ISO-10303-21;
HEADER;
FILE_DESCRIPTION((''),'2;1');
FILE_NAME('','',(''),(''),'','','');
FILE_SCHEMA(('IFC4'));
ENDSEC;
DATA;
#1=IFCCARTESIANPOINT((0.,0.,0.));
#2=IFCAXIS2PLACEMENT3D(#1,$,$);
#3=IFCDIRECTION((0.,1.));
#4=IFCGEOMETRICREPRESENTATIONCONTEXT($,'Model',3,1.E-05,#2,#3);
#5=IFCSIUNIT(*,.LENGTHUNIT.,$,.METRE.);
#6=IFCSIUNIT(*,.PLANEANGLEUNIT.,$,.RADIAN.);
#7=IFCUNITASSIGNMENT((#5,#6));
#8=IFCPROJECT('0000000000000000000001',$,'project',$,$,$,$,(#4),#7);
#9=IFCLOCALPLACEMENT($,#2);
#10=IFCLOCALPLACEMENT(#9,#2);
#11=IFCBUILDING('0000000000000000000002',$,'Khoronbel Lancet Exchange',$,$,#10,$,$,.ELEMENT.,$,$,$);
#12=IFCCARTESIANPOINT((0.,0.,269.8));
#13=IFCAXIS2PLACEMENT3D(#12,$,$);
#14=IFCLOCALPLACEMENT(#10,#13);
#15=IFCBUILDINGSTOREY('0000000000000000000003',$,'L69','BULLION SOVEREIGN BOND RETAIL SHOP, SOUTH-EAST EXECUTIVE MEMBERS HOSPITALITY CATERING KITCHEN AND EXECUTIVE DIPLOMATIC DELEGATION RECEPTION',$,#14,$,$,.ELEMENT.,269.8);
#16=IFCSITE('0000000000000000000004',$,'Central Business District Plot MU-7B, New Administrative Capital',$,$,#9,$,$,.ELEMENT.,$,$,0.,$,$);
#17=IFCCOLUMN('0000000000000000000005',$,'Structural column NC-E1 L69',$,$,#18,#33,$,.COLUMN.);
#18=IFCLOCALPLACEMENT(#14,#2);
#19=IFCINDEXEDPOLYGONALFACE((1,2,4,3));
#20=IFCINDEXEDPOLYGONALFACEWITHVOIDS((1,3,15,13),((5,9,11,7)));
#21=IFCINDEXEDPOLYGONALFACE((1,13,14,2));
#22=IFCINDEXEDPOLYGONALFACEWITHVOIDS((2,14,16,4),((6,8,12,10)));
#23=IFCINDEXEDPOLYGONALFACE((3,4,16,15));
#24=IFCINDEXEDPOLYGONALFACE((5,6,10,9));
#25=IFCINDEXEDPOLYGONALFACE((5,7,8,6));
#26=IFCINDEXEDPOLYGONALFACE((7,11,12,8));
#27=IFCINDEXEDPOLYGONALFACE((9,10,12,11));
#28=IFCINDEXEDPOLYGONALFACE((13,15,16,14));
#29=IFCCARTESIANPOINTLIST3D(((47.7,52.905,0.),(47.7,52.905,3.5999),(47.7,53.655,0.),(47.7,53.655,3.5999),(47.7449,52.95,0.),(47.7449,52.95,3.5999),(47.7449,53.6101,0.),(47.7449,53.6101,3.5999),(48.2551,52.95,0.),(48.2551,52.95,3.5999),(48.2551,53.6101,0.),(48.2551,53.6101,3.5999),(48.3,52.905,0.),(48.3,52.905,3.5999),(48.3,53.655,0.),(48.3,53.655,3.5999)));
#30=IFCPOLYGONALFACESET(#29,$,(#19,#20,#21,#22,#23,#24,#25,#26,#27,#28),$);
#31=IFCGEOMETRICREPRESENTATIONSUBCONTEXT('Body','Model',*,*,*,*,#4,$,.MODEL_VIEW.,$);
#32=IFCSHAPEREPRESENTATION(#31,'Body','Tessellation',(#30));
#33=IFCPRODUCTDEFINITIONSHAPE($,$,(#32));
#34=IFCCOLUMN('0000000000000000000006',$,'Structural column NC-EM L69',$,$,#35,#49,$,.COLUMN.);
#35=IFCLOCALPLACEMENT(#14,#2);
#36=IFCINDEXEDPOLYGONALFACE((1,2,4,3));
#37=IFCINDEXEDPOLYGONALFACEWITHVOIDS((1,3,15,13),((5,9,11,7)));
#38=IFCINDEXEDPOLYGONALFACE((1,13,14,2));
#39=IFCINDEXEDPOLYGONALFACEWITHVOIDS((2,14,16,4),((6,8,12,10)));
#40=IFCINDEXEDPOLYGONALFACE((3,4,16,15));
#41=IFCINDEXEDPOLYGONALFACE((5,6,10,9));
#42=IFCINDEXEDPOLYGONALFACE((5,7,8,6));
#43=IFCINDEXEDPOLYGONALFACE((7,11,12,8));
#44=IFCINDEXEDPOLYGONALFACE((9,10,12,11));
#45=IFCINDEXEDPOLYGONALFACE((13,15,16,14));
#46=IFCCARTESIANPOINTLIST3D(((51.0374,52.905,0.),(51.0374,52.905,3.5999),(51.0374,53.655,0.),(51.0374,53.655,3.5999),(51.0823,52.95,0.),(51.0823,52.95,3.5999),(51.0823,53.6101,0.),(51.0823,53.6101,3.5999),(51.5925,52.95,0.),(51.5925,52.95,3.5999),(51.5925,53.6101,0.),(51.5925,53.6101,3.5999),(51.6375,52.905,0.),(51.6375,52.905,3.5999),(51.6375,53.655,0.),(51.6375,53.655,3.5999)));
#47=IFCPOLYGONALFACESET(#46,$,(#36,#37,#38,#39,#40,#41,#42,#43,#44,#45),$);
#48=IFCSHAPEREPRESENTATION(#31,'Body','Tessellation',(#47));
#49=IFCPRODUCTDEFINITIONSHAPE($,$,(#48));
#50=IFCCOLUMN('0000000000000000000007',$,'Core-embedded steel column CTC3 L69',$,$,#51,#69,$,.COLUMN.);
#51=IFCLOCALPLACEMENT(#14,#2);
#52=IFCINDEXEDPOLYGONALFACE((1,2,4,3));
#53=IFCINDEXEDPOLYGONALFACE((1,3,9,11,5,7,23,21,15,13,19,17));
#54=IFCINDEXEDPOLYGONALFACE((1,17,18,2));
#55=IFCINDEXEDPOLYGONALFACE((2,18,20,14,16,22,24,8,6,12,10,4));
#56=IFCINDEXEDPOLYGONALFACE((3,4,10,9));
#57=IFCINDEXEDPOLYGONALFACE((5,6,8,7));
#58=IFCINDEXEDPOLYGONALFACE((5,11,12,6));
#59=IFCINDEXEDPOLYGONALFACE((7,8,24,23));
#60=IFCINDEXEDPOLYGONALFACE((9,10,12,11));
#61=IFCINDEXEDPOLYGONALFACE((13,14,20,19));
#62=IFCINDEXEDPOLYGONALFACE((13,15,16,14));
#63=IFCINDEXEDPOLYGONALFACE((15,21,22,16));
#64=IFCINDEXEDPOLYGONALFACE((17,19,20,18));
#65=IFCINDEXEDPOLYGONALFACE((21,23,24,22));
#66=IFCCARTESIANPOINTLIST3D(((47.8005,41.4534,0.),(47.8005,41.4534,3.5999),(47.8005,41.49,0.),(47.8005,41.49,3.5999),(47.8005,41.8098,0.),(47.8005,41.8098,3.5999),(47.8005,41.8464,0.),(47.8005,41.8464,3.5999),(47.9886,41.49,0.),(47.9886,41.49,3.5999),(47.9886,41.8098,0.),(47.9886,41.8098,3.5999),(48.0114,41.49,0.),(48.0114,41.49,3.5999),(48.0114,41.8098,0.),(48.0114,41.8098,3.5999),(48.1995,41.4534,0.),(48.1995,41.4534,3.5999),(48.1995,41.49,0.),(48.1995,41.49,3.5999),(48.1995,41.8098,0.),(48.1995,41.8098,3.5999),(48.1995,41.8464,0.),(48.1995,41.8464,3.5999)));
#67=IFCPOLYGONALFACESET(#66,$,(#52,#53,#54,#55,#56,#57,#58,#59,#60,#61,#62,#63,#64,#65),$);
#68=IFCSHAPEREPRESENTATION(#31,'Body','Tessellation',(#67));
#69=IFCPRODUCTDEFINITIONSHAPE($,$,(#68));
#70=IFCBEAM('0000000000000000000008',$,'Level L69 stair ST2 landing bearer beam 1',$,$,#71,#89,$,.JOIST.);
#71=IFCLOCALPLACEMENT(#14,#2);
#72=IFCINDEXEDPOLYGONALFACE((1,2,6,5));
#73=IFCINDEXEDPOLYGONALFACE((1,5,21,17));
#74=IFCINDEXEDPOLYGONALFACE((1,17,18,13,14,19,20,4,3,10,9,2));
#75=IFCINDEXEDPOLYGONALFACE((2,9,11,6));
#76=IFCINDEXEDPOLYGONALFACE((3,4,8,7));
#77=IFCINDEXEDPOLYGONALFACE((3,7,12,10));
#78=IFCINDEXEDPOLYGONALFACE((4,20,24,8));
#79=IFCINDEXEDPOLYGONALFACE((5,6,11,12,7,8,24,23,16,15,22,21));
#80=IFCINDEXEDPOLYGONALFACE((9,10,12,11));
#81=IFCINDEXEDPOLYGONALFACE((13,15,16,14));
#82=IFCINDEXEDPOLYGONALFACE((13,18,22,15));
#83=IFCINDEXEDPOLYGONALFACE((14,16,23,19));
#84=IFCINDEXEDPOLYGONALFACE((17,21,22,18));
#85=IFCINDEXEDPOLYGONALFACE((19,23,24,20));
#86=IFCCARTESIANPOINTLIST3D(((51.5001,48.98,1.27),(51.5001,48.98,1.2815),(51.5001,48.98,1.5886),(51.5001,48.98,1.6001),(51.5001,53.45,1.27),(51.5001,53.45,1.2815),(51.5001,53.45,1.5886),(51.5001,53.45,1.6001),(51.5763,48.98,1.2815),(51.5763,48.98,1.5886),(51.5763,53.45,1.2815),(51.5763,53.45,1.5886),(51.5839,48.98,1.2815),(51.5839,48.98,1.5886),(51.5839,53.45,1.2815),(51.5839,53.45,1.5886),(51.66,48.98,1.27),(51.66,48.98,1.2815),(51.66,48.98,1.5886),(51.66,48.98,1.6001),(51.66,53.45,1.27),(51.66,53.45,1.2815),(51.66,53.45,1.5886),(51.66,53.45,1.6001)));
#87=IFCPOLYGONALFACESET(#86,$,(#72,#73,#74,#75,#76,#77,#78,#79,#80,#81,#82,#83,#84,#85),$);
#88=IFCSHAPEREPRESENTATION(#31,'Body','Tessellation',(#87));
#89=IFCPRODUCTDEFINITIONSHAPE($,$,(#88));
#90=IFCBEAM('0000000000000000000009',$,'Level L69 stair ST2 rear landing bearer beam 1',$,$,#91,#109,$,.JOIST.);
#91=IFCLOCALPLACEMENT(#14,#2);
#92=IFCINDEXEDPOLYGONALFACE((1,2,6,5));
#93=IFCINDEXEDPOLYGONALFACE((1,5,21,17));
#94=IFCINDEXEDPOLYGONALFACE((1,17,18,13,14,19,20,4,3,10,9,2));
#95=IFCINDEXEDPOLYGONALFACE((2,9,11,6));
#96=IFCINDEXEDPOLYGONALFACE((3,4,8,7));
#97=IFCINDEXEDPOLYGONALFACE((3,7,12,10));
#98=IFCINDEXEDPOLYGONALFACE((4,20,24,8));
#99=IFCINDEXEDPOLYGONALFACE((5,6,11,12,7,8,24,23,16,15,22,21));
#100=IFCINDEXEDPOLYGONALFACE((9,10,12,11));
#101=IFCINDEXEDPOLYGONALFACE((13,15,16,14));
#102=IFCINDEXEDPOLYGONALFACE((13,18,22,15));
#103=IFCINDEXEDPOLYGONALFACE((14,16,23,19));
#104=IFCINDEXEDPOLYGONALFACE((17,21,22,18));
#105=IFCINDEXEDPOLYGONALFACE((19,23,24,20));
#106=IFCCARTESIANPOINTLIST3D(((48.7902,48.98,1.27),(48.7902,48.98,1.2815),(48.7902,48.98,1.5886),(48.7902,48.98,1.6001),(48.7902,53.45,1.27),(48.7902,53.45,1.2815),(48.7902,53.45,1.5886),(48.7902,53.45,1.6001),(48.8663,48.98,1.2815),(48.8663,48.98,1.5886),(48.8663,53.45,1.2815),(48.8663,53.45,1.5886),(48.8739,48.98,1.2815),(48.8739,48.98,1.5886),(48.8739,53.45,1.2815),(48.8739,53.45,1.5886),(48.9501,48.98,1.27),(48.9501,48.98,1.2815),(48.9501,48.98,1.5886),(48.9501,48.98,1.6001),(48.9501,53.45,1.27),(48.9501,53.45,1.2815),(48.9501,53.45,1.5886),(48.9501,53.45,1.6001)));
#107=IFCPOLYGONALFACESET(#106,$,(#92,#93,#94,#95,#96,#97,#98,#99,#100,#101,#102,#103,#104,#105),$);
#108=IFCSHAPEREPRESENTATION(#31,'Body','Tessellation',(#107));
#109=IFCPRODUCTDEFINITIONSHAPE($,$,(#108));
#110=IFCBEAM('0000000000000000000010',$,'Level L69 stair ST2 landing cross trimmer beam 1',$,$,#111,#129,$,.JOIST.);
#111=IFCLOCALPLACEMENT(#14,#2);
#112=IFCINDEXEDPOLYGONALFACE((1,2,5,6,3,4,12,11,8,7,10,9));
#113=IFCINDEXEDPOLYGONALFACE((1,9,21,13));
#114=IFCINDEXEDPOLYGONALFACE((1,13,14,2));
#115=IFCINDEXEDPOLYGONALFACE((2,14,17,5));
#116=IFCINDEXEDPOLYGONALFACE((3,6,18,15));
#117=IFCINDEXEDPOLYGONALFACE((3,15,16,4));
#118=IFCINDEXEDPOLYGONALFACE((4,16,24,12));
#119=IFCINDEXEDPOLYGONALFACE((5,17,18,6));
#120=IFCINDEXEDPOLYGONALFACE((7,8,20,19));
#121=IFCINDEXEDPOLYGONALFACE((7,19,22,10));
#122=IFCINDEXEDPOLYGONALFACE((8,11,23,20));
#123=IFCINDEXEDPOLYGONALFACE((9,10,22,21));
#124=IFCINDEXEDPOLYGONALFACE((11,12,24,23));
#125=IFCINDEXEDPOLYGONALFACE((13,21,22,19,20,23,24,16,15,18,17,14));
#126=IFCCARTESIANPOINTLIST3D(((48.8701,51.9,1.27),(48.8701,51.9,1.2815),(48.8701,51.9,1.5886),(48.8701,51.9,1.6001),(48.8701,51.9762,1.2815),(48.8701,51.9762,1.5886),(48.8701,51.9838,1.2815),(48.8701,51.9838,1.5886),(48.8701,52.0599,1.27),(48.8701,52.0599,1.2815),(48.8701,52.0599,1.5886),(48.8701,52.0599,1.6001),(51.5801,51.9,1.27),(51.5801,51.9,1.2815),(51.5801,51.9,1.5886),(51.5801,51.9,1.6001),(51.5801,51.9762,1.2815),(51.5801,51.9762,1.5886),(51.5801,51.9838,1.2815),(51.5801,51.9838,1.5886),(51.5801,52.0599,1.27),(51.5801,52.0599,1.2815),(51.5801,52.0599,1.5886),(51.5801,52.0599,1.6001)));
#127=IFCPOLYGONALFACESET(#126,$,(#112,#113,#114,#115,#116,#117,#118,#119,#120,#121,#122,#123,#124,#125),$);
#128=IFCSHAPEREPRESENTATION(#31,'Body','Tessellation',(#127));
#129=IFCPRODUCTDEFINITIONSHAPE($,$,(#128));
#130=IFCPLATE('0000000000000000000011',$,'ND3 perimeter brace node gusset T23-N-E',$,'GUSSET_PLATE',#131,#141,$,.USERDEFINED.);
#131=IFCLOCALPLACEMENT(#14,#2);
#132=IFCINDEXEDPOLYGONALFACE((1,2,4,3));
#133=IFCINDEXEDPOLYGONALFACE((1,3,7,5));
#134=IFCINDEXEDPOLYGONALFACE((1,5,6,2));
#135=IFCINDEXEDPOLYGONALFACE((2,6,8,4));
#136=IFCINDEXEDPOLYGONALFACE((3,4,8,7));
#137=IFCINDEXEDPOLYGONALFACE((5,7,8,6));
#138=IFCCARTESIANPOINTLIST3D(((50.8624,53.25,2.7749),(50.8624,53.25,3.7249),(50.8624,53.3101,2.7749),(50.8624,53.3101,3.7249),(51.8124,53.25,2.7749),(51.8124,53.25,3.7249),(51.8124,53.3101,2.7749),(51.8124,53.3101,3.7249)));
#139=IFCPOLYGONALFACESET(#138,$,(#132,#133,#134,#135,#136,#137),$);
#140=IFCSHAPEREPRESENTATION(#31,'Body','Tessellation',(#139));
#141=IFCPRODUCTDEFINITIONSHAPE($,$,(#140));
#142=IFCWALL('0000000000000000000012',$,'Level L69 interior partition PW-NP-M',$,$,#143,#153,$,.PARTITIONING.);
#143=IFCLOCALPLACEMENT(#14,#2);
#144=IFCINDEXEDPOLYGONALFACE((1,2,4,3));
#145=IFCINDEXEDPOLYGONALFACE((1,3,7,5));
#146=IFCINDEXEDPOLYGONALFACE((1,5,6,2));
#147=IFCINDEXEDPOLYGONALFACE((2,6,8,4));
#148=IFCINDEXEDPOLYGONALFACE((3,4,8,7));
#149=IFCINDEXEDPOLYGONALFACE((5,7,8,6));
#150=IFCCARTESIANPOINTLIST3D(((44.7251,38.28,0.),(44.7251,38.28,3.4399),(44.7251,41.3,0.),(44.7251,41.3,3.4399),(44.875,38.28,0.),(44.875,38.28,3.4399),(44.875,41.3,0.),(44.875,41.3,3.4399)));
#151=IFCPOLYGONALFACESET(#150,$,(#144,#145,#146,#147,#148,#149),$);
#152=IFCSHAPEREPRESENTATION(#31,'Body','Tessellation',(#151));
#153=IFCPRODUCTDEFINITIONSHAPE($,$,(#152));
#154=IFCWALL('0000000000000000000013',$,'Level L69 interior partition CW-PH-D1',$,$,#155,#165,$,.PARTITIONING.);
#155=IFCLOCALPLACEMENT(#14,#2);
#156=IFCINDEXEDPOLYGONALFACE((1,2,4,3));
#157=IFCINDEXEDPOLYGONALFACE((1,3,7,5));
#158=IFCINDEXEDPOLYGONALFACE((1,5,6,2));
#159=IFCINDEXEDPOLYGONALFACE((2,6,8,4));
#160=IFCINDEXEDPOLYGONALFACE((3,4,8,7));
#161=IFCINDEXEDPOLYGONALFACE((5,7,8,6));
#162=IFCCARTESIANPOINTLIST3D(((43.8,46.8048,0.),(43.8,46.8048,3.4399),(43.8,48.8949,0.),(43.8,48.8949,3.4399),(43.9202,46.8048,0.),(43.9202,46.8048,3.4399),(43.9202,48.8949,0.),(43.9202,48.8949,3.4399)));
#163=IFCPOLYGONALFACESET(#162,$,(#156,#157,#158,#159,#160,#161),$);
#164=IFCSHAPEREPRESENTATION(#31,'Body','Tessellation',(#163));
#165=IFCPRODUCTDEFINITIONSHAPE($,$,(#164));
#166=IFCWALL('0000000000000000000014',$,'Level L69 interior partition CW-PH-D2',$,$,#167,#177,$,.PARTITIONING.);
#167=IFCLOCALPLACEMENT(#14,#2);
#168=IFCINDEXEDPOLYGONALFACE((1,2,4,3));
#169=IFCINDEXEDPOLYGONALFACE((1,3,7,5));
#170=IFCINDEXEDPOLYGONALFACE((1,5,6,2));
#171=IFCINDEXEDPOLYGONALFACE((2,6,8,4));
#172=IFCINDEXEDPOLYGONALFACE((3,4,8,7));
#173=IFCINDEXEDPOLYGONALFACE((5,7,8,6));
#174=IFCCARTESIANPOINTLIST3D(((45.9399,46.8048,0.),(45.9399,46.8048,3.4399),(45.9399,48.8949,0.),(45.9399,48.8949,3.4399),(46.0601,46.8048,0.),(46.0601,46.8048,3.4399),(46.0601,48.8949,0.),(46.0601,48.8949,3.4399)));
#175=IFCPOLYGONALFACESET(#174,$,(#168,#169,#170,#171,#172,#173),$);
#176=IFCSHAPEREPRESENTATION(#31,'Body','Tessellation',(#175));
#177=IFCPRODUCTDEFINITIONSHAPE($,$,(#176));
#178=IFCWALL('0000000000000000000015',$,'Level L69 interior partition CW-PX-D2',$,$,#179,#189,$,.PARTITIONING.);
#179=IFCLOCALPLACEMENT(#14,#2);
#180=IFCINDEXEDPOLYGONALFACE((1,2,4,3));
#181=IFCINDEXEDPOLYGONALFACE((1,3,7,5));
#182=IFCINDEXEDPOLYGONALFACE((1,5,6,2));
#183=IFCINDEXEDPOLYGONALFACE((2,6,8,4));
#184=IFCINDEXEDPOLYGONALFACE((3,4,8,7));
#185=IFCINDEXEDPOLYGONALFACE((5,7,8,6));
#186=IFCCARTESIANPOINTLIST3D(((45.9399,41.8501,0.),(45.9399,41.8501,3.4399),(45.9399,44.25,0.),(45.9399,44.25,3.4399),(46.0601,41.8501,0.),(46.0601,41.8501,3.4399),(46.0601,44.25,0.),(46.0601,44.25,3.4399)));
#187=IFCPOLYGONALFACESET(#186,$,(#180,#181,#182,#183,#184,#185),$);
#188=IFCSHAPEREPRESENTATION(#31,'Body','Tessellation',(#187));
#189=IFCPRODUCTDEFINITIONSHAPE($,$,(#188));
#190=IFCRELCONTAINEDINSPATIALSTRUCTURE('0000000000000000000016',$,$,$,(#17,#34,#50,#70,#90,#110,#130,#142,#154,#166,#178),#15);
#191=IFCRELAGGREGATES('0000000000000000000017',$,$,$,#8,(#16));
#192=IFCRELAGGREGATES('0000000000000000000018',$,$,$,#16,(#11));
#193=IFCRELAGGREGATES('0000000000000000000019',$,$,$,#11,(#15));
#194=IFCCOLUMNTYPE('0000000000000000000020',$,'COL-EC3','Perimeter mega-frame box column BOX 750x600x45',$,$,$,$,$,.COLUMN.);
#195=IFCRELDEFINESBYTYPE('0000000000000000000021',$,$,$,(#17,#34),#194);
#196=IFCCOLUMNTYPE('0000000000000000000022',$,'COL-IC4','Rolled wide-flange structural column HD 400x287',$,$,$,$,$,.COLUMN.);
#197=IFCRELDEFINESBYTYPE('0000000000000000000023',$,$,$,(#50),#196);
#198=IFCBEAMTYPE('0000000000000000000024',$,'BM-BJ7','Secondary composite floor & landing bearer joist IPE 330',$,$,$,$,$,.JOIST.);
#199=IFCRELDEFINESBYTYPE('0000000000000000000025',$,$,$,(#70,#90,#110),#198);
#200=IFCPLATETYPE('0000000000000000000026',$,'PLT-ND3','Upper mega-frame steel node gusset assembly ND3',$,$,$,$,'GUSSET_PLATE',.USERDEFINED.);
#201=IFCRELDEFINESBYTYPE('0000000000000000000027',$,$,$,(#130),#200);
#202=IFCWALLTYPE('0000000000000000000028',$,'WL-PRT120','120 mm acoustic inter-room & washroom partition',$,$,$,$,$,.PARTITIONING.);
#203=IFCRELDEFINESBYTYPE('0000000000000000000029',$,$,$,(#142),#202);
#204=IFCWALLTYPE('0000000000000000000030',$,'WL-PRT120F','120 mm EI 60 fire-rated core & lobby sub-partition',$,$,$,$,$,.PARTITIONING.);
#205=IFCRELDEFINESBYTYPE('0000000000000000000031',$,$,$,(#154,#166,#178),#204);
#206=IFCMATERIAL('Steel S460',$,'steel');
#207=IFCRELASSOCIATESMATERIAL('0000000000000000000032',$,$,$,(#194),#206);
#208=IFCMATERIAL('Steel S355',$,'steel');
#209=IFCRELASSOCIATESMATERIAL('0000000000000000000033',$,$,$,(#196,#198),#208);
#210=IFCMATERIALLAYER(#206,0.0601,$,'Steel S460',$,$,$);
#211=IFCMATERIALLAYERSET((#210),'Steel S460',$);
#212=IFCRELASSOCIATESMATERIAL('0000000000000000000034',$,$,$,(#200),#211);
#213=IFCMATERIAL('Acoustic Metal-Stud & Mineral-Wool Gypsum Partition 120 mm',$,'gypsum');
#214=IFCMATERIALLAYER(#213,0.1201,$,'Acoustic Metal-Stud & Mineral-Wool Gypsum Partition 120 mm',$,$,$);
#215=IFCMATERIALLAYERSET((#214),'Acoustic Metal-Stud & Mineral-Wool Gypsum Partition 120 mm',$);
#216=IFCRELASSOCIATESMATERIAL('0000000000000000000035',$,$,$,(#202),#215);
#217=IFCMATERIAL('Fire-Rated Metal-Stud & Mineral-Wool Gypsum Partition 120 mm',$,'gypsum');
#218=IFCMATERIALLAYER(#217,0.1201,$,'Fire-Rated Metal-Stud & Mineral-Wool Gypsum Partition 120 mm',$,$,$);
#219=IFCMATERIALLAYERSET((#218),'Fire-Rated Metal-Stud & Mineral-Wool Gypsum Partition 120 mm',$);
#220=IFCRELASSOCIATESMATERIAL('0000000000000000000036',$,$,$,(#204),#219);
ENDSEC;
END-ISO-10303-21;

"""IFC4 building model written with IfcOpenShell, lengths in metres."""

from ifc_helpers import new_model, si_unit, direction, frame, frame_2d, origin, origin_2d, place, context, subcontext, project, spatial, rectangle, hollow_rectangle, i_section, extrude, material, layer, layer_set, material_profile, profile_set, type_object, element, save


model = new_model("IFC4")

# Units and contexts
model_context = context("Model", 3, precision=1e-05, world=origin(), true_north=direction((0.0, 1.0)))
body_context = subcontext(model_context, "Body", "Model", "MODEL_VIEW")
ifc_project = project(units=[si_unit("LENGTHUNIT", "METRE"), si_unit("PLANEANGLEUNIT", "RADIAN")], contexts=[model_context])

# Site, building, storey
site_placement = place(None, origin())
site = spatial("IfcSite", under=ifc_project, at=site_placement, Name="Central Business District Plot MU-7B, New Administrative Capital", CompositionType="ELEMENT", RefElevation=0.0)
building_placement = place(site_placement, origin())
building = spatial("IfcBuilding", under=site, at=building_placement, Name="Khoronbel Lancet Exchange", CompositionType="ELEMENT")
storey_placement = place(building_placement, frame((0.0, 0.0, 269.8)))
storey = spatial("IfcBuildingStorey", under=building, at=storey_placement, Name="L69", Description="BULLION SOVEREIGN BOND RETAIL SHOP, SOUTH-EAST EXECUTIVE MEMBERS HOSPITALITY CATERING KITCHEN AND EXECUTIVE DIPLOMATIC DELEGATION RECEPTION", CompositionType="ELEMENT", Elevation=269.8)

# Columns
ifc_material_1 = material(Name="Steel S460", Category="steel")
ifc_material_profile_1 = material_profile(ifc_material_1, hollow_rectangle(XDim=0.6001, YDim=0.75, WallThickness=0.0449, at=origin_2d()), Name="BOX 750x600x45")
ifc_profile_set_1 = profile_set([ifc_material_profile_1], Name="Steel S460")
column_type_1 = type_object("IfcColumnType", Name="COL-EC3", Description="Perimeter mega-frame box column BOX 750x600x45", PredefinedType="COLUMN", material=ifc_profile_set_1)
for number, where, z_axis, x_axis, name in (
    (1, (48.0, 53.28, 0.0), (0.0, 0.0, 1.0), (1.0, 0.0, 0.0), "Structural column NC-E1 L69"),
    (2, (51.3374, 53.28, 0.0), (0.0, 0.0, 1.0), (1.0, 0.0, 0.0), "Structural column NC-EM L69"),
):
    element("IfcColumn", number, at=place(storey_placement, frame(where, z_axis=z_axis, x_axis=x_axis)), inside=storey, type_object=column_type_1, Name=name, PredefinedType="COLUMN", context=body_context, shape_type="SweptSolid", body=[
        extrude(hollow_rectangle(XDim=0.6001, YDim=0.75, WallThickness=0.0449, at=origin_2d()), origin(), (0.0, 0.0, 1.0), 3.5999),
    ])
ifc_material_2 = material(Name="Steel S355", Category="steel")
ifc_material_profile_2 = material_profile(ifc_material_2, i_section(OverallWidth=0.3989, OverallDepth=0.3931, WebThickness=0.0227, FlangeThickness=0.0366, at=origin_2d()), Name="HD 400x287")
ifc_profile_set_2 = profile_set([ifc_material_profile_2], Name="Steel S355")
column_type_2 = type_object("IfcColumnType", Name="COL-IC4", Description="Rolled wide-flange structural column HD 400x287", PredefinedType="COLUMN", material=ifc_profile_set_2)
column_placement = place(storey_placement, frame((48.0, 41.6499, 0.0), z_axis=(0.0, 0.0, 1.0), x_axis=(1.0, 0.0, 0.0)))
element("IfcColumn", 3, at=column_placement, inside=storey, type_object=column_type_2, Name="Core-embedded steel column CTC3 L69", PredefinedType="COLUMN", context=body_context, shape_type="SweptSolid", body=[
    extrude(i_section(OverallWidth=0.3989, OverallDepth=0.3931, WebThickness=0.0227, FlangeThickness=0.0366, at=origin_2d()), origin(), (0.0, 0.0, 1.0), 3.5999),
])

# Beams
ifc_material_profile_3 = material_profile(ifc_material_2, i_section(OverallWidth=0.1599, OverallDepth=0.3301, WebThickness=0.0076, FlangeThickness=0.0115, at=origin_2d()), Name="IPE 330")
ifc_profile_set_3 = profile_set([ifc_material_profile_3], Name="Steel S355")
beam_type = type_object("IfcBeamType", Name="BM-BJ7", Description="Secondary composite floor & landing bearer joist IPE 330", PredefinedType="JOIST", material=ifc_profile_set_3)
for number, where, z_axis, x_axis, name in (
    (4, (51.5801, 48.98, 1.4351), (0.0, 1.0, 0.0), (-1.0, 0.0, 0.0), "Level L69 stair ST2 landing bearer beam 1"),
    (5, (48.8701, 48.98, 1.4351), (0.0, 1.0, 0.0), (-1.0, 0.0, 0.0), "Level L69 stair ST2 rear landing bearer beam 1"),
):
    element("IfcBeam", number, at=place(storey_placement, frame(where, z_axis=z_axis, x_axis=x_axis)), inside=storey, type_object=beam_type, Name=name, PredefinedType="JOIST", context=body_context, shape_type="SweptSolid", body=[
        extrude(i_section(OverallWidth=0.1599, OverallDepth=0.3301, WebThickness=0.0076, FlangeThickness=0.0115, at=origin_2d()), origin(), (0.0, 0.0, 1.0), 4.47),
    ])
beam_placement = place(storey_placement, frame((48.8701, 51.98, 1.4351), z_axis=(1.0, 0.0, 0.0), x_axis=(0.0, 1.0, 0.0)))
element("IfcBeam", 6, at=beam_placement, inside=storey, type_object=beam_type, Name="Level L69 stair ST2 landing cross trimmer beam 1", PredefinedType="JOIST", context=body_context, shape_type="SweptSolid", body=[
    extrude(i_section(OverallWidth=0.1599, OverallDepth=0.3301, WebThickness=0.0076, FlangeThickness=0.0115, at=origin_2d()), origin(), (0.0, 0.0, 1.0), 2.71),
])

# Plate
ifc_layer_1 = layer(ifc_material_1, 0.0601, Name="Steel S460")
ifc_layer_set_1 = layer_set([ifc_layer_1], Name="Steel S460")
plate_type = type_object("IfcPlateType", Name="PLT-ND3", Description="Upper mega-frame steel node gusset assembly ND3", ElementType="GUSSET_PLATE", PredefinedType="USERDEFINED", material=ifc_layer_set_1)
plate_placement = place(storey_placement, frame((51.3374, 53.28, 2.7749), z_axis=(0.0, 0.0, 1.0), x_axis=(1.0, 0.0, 0.0)))
element("IfcPlate", 7, at=plate_placement, inside=storey, type_object=plate_type, Name="ND3 perimeter brace node gusset T23-N-E", ObjectType="GUSSET_PLATE", PredefinedType="USERDEFINED", context=body_context, shape_type="SweptSolid", body=[
    extrude(rectangle(XDim=0.95, YDim=0.0601, at=origin_2d()), origin(), (0.0, 0.0, 1.0), 0.95),
])

# Walls
ifc_material_3 = material(Name="Acoustic Metal-Stud & Mineral-Wool Gypsum Partition 120 mm", Category="gypsum")
ifc_layer_2 = layer(ifc_material_3, 0.1201, Name="Acoustic Metal-Stud & Mineral-Wool Gypsum Partition 120 mm")
ifc_layer_set_2 = layer_set([ifc_layer_2], Name="Acoustic Metal-Stud & Mineral-Wool Gypsum Partition 120 mm")
wall_type_1 = type_object("IfcWallType", Name="WL-PRT120", Description="120 mm acoustic inter-room & washroom partition", PredefinedType="PARTITIONING", material=ifc_layer_set_2)
wall_1_placement = place(storey_placement, frame((44.8, 38.28, 0.0), z_axis=(0.0, 0.0, 1.0), x_axis=(0.0, 1.0, 0.0)))
element("IfcWall", 8, at=wall_1_placement, inside=storey, type_object=wall_type_1, Name="Level L69 interior partition PW-NP-M", PredefinedType="PARTITIONING", context=body_context, shape_type="SweptSolid", body=[
    extrude(rectangle(XDim=3.02, YDim=0.1499, at=frame_2d((1.51, 0.0))), origin(), (0.0, 0.0, 1.0), 3.4399),
])
ifc_material_4 = material(Name="Fire-Rated Metal-Stud & Mineral-Wool Gypsum Partition 120 mm", Category="gypsum")
ifc_layer_3 = layer(ifc_material_4, 0.1201, Name="Fire-Rated Metal-Stud & Mineral-Wool Gypsum Partition 120 mm")
ifc_layer_set_3 = layer_set([ifc_layer_3], Name="Fire-Rated Metal-Stud & Mineral-Wool Gypsum Partition 120 mm")
wall_type_2 = type_object("IfcWallType", Name="WL-PRT120F", Description="120 mm EI 60 fire-rated core & lobby sub-partition", PredefinedType="PARTITIONING", material=ifc_layer_set_3)
for number, where, z_axis, x_axis, name in (
    (9, (43.8601, 46.8049, 0.0), (0.0, 0.0, 1.0), (0.0, 1.0, 0.0), "Level L69 interior partition CW-PH-D1"),
    (10, (46.0, 46.8049, 0.0), (0.0, 0.0, 1.0), (0.0, 1.0, 0.0), "Level L69 interior partition CW-PH-D2"),
):
    element("IfcWall", number, at=place(storey_placement, frame(where, z_axis=z_axis, x_axis=x_axis)), inside=storey, type_object=wall_type_2, Name=name, PredefinedType="PARTITIONING", context=body_context, shape_type="SweptSolid", body=[
        extrude(rectangle(XDim=2.0901, YDim=0.1201, at=frame_2d((1.0449, 0.0))), origin(), (0.0, 0.0, 1.0), 3.4399),
    ])
wall_2_placement = place(storey_placement, frame((46.0, 41.8501, 0.0), z_axis=(0.0, 0.0, 1.0), x_axis=(0.0, 1.0, 0.0)))
element("IfcWall", 11, at=wall_2_placement, inside=storey, type_object=wall_type_2, Name="Level L69 interior partition CW-PX-D2", PredefinedType="PARTITIONING", context=body_context, shape_type="SweptSolid", body=[
    extrude(rectangle(XDim=2.3999, YDim=0.1201, at=frame_2d((1.2, 0.0))), origin(), (0.0, 0.0, 1.0), 3.4399),
])

save(model, "model.ifc")
